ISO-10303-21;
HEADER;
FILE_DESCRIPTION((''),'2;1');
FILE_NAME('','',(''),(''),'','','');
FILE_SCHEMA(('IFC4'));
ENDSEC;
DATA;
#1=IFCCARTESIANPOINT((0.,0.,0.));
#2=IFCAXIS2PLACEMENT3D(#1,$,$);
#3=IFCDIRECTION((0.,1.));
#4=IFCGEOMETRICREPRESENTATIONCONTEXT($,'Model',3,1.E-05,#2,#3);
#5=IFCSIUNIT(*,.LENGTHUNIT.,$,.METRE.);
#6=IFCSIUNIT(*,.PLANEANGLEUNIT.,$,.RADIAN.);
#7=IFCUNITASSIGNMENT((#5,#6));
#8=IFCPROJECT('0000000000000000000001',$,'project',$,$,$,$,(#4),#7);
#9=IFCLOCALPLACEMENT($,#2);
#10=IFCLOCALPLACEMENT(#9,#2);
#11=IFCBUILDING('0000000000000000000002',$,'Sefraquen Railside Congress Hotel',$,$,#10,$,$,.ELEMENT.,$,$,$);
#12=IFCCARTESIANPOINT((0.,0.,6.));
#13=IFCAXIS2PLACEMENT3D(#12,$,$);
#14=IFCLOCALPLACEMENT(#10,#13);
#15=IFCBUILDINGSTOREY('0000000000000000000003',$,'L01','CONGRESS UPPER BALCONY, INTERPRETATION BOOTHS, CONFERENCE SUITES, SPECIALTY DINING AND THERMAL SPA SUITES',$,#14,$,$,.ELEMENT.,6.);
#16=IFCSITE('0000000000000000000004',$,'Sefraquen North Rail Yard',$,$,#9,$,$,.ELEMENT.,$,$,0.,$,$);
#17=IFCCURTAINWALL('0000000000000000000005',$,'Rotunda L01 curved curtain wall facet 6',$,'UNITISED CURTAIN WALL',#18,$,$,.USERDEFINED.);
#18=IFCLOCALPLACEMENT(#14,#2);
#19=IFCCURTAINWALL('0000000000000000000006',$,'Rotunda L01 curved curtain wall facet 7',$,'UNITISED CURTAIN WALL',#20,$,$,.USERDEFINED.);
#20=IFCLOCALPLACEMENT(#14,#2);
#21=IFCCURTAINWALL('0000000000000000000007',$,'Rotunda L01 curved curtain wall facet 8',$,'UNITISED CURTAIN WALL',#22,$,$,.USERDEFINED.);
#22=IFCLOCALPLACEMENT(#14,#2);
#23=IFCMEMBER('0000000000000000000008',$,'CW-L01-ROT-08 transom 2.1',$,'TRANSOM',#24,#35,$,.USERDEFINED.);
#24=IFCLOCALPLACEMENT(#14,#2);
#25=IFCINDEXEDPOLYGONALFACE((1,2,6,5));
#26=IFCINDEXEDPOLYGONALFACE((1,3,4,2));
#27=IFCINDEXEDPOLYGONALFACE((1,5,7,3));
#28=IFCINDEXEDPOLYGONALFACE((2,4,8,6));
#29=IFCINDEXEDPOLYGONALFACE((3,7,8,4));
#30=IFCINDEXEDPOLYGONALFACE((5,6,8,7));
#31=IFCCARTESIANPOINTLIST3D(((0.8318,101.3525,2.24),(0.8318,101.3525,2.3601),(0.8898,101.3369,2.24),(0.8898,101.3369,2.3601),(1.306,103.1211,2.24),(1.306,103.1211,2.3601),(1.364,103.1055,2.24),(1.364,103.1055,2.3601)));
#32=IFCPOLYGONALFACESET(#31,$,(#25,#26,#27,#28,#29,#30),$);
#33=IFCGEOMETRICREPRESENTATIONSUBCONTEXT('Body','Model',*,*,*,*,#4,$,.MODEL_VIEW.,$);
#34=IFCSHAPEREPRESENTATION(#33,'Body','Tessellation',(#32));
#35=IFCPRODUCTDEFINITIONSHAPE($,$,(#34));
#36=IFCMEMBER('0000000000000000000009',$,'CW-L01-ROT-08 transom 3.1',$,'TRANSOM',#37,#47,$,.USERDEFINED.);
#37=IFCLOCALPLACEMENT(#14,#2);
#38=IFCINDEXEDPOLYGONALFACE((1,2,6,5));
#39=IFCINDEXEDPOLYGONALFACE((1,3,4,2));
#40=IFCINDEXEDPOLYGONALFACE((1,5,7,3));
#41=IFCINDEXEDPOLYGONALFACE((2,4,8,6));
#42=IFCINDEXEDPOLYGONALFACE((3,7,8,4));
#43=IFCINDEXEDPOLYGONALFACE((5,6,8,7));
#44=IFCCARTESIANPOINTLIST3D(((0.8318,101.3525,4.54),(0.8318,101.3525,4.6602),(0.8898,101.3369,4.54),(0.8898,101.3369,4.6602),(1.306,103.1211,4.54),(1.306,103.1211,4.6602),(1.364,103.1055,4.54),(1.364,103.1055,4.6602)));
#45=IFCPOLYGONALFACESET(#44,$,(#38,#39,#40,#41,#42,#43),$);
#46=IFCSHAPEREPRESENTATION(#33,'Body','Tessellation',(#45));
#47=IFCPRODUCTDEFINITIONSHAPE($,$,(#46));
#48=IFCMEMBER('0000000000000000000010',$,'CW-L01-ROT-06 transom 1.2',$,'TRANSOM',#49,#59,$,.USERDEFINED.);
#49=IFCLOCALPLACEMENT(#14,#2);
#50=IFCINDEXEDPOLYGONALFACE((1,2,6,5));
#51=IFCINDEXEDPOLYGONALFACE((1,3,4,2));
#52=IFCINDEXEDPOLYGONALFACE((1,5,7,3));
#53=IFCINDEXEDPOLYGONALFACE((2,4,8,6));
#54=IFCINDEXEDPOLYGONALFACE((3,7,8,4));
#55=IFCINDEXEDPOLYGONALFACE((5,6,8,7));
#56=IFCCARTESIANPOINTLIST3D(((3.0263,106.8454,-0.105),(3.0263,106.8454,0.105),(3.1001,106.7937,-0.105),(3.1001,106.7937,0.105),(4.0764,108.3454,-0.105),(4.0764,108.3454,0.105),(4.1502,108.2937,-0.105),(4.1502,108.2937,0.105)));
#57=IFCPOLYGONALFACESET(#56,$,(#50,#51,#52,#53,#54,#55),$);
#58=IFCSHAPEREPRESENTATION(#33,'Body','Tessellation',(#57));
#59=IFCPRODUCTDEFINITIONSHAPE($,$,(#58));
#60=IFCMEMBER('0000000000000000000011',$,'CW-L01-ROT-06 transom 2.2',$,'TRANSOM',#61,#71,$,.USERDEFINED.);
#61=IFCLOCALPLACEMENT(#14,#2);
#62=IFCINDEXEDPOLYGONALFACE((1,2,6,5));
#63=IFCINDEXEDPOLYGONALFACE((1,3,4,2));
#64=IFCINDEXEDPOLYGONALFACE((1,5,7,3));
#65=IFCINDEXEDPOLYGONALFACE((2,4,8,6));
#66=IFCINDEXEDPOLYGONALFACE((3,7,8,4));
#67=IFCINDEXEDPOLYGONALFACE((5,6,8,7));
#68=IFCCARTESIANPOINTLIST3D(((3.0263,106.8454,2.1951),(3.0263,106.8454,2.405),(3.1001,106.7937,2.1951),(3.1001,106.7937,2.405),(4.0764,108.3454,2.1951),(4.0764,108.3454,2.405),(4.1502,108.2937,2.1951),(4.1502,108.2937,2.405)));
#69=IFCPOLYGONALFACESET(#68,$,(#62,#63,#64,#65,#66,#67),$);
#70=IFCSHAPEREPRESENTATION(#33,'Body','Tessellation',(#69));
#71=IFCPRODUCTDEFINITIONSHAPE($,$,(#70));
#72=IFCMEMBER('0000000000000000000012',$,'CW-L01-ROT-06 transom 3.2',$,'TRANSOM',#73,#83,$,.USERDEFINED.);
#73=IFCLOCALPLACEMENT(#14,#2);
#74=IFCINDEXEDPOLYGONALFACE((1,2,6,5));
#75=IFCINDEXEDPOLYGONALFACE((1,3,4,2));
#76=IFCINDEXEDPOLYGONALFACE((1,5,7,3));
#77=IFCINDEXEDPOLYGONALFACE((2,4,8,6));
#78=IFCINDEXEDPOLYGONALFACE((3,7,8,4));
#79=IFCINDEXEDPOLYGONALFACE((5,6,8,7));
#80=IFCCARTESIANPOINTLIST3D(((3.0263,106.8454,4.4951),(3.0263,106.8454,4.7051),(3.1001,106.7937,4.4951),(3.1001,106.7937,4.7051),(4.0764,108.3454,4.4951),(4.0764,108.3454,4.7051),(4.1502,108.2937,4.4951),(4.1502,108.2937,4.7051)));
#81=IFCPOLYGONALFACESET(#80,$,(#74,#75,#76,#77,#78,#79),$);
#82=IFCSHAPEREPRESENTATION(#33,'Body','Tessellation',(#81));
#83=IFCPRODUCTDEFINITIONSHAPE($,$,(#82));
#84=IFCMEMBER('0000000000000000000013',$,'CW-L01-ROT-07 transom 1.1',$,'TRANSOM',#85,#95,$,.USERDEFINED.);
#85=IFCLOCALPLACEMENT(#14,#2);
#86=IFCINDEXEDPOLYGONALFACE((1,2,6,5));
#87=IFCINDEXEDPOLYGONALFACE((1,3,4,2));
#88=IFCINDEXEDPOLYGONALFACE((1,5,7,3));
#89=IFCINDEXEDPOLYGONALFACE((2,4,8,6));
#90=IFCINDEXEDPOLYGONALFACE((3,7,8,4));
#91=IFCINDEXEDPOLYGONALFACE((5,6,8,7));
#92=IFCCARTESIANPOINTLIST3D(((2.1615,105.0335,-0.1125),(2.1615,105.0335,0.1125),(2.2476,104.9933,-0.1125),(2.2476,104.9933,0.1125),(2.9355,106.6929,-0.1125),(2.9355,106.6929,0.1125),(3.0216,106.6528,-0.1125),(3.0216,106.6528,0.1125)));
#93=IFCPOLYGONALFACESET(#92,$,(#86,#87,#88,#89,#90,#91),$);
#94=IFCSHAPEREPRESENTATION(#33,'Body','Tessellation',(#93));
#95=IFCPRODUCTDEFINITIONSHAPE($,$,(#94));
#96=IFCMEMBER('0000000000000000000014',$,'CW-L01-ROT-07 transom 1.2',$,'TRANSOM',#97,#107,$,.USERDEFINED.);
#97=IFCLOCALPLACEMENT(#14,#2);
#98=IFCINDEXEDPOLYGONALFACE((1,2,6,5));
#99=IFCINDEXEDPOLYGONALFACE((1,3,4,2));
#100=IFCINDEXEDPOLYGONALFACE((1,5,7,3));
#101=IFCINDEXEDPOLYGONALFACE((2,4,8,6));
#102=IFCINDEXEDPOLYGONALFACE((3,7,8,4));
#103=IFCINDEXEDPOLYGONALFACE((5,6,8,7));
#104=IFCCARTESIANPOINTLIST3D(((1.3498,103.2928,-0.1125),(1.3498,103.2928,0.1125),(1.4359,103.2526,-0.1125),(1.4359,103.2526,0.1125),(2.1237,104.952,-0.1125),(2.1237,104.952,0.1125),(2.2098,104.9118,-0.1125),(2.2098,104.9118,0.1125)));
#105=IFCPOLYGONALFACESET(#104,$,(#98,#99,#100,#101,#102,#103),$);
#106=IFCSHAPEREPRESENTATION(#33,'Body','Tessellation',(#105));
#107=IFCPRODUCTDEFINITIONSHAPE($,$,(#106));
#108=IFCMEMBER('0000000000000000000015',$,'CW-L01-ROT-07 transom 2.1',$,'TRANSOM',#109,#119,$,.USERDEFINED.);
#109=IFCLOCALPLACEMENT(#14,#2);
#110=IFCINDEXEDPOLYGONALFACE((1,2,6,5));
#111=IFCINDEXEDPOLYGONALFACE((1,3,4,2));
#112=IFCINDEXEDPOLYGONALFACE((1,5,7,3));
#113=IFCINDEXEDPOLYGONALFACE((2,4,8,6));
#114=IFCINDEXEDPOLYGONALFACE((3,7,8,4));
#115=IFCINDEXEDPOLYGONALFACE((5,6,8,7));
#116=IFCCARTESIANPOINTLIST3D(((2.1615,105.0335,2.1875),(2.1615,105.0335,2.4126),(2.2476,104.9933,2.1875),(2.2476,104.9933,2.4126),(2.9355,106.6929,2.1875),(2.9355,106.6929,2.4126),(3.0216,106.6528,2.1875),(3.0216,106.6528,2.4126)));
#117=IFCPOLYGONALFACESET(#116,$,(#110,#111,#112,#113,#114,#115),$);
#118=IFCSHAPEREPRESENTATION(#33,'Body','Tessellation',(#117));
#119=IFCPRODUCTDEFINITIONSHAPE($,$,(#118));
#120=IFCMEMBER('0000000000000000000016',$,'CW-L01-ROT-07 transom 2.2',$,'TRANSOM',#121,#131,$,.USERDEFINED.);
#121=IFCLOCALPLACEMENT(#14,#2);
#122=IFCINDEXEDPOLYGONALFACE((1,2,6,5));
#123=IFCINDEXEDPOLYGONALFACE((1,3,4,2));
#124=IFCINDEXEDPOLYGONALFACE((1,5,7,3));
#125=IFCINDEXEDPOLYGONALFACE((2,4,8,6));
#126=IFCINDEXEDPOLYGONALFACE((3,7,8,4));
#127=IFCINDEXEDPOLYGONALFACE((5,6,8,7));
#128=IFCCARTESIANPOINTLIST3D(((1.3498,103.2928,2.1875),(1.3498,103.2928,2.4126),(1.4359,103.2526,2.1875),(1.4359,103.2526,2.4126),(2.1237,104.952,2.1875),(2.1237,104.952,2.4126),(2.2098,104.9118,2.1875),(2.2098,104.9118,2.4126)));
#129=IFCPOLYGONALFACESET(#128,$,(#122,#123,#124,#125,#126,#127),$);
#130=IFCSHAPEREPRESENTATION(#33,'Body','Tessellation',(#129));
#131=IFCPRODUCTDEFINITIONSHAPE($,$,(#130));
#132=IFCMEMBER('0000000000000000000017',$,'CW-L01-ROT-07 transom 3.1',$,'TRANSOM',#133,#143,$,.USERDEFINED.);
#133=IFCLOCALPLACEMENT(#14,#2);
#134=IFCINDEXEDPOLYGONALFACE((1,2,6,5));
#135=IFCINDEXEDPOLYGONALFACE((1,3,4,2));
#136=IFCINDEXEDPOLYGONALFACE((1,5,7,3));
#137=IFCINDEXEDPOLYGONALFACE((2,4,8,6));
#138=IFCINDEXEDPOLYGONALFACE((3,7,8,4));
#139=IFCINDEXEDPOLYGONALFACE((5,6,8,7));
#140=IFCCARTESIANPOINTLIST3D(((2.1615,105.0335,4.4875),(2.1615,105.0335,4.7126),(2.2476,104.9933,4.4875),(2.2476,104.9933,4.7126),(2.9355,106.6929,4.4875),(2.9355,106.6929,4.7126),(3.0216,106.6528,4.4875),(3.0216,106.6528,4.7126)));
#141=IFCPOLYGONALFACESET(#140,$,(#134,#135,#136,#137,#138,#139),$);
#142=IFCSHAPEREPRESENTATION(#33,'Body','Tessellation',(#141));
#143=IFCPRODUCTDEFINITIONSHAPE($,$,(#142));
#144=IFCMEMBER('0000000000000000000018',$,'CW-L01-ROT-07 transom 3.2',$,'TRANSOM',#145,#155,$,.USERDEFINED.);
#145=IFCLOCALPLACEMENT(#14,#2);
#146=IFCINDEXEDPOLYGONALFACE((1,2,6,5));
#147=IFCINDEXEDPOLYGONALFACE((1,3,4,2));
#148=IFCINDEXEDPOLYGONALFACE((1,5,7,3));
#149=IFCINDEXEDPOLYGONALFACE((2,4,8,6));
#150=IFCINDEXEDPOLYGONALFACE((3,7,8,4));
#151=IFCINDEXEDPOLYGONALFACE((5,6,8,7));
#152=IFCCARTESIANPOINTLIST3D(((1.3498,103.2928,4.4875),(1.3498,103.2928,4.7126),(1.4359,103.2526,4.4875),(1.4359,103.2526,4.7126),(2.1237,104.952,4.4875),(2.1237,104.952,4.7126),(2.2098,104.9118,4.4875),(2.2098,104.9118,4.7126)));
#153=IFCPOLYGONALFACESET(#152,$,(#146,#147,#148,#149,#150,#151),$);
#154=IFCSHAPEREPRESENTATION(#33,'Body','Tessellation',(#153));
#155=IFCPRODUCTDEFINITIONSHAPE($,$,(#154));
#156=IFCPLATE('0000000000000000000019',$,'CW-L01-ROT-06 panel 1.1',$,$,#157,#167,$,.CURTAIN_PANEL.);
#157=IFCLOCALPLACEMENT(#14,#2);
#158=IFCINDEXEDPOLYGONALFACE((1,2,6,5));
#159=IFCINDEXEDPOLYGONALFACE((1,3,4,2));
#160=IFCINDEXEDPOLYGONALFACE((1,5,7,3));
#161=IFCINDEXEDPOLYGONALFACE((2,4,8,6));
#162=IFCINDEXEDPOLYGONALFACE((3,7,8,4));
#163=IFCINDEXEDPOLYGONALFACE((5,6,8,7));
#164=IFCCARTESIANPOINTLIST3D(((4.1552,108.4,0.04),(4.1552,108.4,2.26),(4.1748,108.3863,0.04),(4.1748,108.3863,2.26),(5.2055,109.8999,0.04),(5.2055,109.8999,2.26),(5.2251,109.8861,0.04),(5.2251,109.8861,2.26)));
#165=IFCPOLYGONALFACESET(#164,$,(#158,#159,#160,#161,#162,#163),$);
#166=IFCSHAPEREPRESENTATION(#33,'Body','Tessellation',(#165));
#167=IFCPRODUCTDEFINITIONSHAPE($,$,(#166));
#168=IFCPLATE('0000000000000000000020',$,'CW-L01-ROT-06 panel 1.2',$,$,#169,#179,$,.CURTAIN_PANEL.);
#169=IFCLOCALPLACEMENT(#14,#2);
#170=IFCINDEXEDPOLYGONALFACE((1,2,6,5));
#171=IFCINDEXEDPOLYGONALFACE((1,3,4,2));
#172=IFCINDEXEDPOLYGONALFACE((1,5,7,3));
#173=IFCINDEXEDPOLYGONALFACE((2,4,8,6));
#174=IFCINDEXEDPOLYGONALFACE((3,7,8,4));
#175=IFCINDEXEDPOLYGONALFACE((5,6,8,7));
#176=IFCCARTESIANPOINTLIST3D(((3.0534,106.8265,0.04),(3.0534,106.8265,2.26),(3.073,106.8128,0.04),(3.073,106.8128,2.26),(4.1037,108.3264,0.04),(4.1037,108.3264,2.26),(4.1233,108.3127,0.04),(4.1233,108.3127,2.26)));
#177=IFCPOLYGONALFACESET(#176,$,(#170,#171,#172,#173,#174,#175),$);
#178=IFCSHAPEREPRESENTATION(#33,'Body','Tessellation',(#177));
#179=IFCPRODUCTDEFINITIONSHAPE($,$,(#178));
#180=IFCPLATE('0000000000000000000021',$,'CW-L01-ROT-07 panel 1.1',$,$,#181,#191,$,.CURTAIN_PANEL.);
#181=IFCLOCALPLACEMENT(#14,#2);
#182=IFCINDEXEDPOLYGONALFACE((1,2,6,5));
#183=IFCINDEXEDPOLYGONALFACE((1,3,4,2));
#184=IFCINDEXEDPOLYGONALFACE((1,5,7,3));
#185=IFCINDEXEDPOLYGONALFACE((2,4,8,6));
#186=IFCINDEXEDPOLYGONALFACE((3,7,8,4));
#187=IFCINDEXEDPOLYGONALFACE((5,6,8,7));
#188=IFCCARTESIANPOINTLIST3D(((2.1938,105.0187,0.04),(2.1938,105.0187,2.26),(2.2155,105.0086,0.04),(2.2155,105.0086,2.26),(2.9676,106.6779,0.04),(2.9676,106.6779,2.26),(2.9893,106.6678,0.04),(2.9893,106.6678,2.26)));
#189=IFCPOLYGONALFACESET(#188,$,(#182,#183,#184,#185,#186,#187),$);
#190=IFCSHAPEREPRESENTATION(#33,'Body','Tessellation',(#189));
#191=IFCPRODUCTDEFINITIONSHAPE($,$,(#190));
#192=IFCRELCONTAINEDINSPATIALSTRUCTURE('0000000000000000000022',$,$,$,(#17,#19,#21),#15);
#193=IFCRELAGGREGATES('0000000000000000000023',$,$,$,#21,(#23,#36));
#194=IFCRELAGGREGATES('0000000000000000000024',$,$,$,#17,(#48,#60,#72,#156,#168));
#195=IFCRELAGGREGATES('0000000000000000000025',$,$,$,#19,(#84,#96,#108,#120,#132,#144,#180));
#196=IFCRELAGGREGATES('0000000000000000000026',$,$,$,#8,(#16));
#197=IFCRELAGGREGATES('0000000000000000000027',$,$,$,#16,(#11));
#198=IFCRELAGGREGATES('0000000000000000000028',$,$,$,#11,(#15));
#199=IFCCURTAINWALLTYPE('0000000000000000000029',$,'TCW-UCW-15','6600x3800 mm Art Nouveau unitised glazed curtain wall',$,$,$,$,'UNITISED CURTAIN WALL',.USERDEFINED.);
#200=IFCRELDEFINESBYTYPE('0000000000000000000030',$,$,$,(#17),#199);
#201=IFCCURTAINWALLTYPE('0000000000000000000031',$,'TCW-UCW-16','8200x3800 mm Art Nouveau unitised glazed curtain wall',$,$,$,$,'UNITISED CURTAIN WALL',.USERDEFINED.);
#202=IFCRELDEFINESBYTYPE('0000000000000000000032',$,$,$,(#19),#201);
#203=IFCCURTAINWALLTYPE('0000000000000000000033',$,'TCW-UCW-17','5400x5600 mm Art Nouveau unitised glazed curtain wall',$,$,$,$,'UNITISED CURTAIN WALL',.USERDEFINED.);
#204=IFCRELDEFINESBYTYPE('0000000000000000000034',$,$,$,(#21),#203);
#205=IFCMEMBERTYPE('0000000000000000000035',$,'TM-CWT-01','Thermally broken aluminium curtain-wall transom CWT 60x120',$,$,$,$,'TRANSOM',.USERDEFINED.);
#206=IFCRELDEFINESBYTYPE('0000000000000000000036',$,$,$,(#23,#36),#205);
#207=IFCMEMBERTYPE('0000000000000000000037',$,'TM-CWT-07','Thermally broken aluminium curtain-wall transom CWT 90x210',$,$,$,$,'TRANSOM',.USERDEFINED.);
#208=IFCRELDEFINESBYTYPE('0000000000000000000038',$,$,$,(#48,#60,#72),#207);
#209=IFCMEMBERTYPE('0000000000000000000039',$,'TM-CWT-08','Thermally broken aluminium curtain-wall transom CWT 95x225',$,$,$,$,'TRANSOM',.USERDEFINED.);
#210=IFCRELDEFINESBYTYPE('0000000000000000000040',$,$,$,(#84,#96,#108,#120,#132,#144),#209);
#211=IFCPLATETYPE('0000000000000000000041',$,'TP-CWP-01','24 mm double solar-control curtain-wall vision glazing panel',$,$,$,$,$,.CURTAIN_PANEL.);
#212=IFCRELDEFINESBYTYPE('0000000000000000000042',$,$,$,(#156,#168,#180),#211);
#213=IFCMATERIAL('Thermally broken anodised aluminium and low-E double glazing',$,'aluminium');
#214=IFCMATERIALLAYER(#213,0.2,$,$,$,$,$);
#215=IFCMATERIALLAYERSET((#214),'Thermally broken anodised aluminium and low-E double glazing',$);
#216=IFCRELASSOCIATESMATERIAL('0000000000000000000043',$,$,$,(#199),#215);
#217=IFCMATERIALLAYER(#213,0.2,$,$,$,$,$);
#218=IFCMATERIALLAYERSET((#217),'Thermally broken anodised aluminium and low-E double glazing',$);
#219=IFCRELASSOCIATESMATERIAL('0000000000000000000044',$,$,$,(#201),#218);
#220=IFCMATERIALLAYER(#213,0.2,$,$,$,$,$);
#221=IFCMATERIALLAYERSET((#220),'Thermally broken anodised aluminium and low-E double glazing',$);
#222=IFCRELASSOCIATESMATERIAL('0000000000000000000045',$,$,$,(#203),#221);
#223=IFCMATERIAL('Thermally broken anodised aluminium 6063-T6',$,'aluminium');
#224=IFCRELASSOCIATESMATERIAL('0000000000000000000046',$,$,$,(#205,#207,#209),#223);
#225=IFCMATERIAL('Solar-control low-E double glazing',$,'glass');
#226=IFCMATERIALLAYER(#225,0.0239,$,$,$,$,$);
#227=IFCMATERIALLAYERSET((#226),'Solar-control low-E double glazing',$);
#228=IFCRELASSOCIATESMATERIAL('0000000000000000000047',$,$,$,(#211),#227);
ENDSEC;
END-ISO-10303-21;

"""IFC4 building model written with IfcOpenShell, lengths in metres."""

from ifc_helpers import new_model, si_unit, direction, frame, origin, origin_2d, place, context, subcontext, project, spatial, rectangle, extrude, material, layer, layer_set, material_profile, profile_set, type_object, element, aggregate, save


model = new_model("IFC4")

# Units and contexts
model_context = context("Model", 3, precision=1e-05, world=origin(), true_north=direction((0.0, 1.0)))
body_context = subcontext(model_context, "Body", "Model", "MODEL_VIEW")
ifc_project = project(units=[si_unit("LENGTHUNIT", "METRE"), si_unit("PLANEANGLEUNIT", "RADIAN")], contexts=[model_context])

# Site, building, storey
site_placement = place(None, origin())
site = spatial("IfcSite", under=ifc_project, at=site_placement, Name="Sefraquen North Rail Yard", CompositionType="ELEMENT", RefElevation=0.0)
building_placement = place(site_placement, origin())
building = spatial("IfcBuilding", under=site, at=building_placement, Name="Sefraquen Railside Congress Hotel", CompositionType="ELEMENT")
storey_placement = place(building_placement, frame((0.0, 0.0, 6.0)))
storey = spatial("IfcBuildingStorey", under=building, at=storey_placement, Name="L01", Description="CONGRESS UPPER BALCONY, INTERPRETATION BOOTHS, CONFERENCE SUITES, SPECIALTY DINING AND THERMAL SPA SUITES", CompositionType="ELEMENT", Elevation=6.0)

# Curtain walls
ifc_material_1 = material(Name="Thermally broken anodised aluminium and low-E double glazing", Category="aluminium")
ifc_layer_1 = layer(ifc_material_1, 0.2)
ifc_layer_set_1 = layer_set([ifc_layer_1], Name="Thermally broken anodised aluminium and low-E double glazing")
curtain_wall_type_1 = type_object("IfcCurtainWallType", Name="TCW-UCW-15", Description="6600x3800 mm Art Nouveau unitised glazed curtain wall", ElementType="UNITISED CURTAIN WALL", PredefinedType="USERDEFINED", material=ifc_layer_set_1)
curtain_wall_1_placement = place(storey_placement, origin())
curtain_wall_1 = element("IfcCurtainWall", 1, at=curtain_wall_1_placement, inside=storey, type_object=curtain_wall_type_1, Name="Rotunda L01 curved curtain wall facet 6", ObjectType="UNITISED CURTAIN WALL", PredefinedType="USERDEFINED")
ifc_material_2 = material(Name="Thermally broken anodised aluminium 6063-T6", Category="aluminium")
ifc_layer_2 = layer(ifc_material_1, 0.2)
ifc_layer_set_2 = layer_set([ifc_layer_2], Name="Thermally broken anodised aluminium and low-E double glazing")
curtain_wall_type_2 = type_object("IfcCurtainWallType", Name="TCW-UCW-16", Description="8200x3800 mm Art Nouveau unitised glazed curtain wall", ElementType="UNITISED CURTAIN WALL", PredefinedType="USERDEFINED", material=ifc_layer_set_2)
curtain_wall_2_placement = place(storey_placement, origin())
curtain_wall_2 = element("IfcCurtainWall", 2, at=curtain_wall_2_placement, inside=storey, type_object=curtain_wall_type_2, Name="Rotunda L01 curved curtain wall facet 7", ObjectType="UNITISED CURTAIN WALL", PredefinedType="USERDEFINED")

# Curtain wall, members
ifc_layer_3 = layer(ifc_material_1, 0.2)
ifc_layer_set_3 = layer_set([ifc_layer_3], Name="Thermally broken anodised aluminium and low-E double glazing")
curtain_wall_type_3 = type_object("IfcCurtainWallType", Name="TCW-UCW-17", Description="5400x5600 mm Art Nouveau unitised glazed curtain wall", ElementType="UNITISED CURTAIN WALL", PredefinedType="USERDEFINED", material=ifc_layer_set_3)
curtain_wall_3_placement = place(storey_placement, origin())
curtain_wall_3 = element("IfcCurtainWall", 3, at=curtain_wall_3_placement, inside=storey, type_object=curtain_wall_type_3, Name="Rotunda L01 curved curtain wall facet 8", ObjectType="UNITISED CURTAIN WALL", PredefinedType="USERDEFINED")
ifc_material_profile_1 = material_profile(ifc_material_2, rectangle(XDim=0.0601, YDim=0.1201, at=origin_2d()), Name="CWT 60x120")
ifc_profile_set_1 = profile_set([ifc_material_profile_1], Name="Thermally broken anodised aluminium 6063-T6")
member_type_1 = type_object("IfcMemberType", Name="TM-CWT-01", Description="Thermally broken aluminium curtain-wall transom CWT 60x120", ElementType="TRANSOM", PredefinedType="USERDEFINED", material=ifc_profile_set_1)
member_1_placement = place(storey_placement, frame((1.335, 103.1133, 2.3), z_axis=(-0.25894, -0.965893, 0.0), x_axis=(0.965893, -0.25894, 0.0)))
member_1 = element("IfcMember", 4, at=member_1_placement, type_object=member_type_1, Name="CW-L01-ROT-08 transom 2.1", ObjectType="TRANSOM", PredefinedType="USERDEFINED", context=body_context, shape_type="SweptSolid", body=[
    extrude(rectangle(XDim=0.0601, YDim=0.1201, at=origin_2d()), origin(), (0.0, 0.0, 1.0), 1.8311),
])
member_2_placement = place(storey_placement, frame((1.335, 103.1133, 4.6001), z_axis=(-0.25894, -0.965893, 0.0), x_axis=(0.965893, -0.25894, 0.0)))
member_2 = element("IfcMember", 5, at=member_2_placement, type_object=member_type_1, Name="CW-L01-ROT-08 transom 3.1", ObjectType="TRANSOM", PredefinedType="USERDEFINED", context=body_context, shape_type="SweptSolid", body=[
    extrude(rectangle(XDim=0.0601, YDim=0.1201, at=origin_2d()), origin(), (0.0, 0.0, 1.0), 1.8311),
])
aggregate(curtain_wall_3, [member_1, member_2])

# Members
ifc_material_profile_2 = material_profile(ifc_material_2, rectangle(XDim=0.0901, YDim=0.21, at=origin_2d()), Name="CWT 90x210")
ifc_profile_set_2 = profile_set([ifc_material_profile_2], Name="Thermally broken anodised aluminium 6063-T6")
member_type_2 = type_object("IfcMemberType", Name="TM-CWT-07", Description="Thermally broken aluminium curtain-wall transom CWT 90x210", ElementType="TRANSOM", PredefinedType="USERDEFINED", material=ifc_profile_set_2)
member_3_placement = place(storey_placement, frame((4.1133, 108.3196, 0.0), z_axis=(-0.57348, -0.819219, 0.0), x_axis=(0.819219, -0.57348, 0.0)))
member_3 = element("IfcMember", 6, at=member_3_placement, type_object=member_type_2, Name="CW-L01-ROT-06 transom 1.2", ObjectType="TRANSOM", PredefinedType="USERDEFINED", context=body_context, shape_type="SweptSolid", body=[
    extrude(rectangle(XDim=0.0901, YDim=0.21, at=origin_2d()), origin(), (0.0, 0.0, 1.0), 1.8311),
])
member_4_placement = place(storey_placement, frame((4.1133, 108.3196, 2.3), z_axis=(-0.57348, -0.819219, 0.0), x_axis=(0.819219, -0.57348, 0.0)))
member_4 = element("IfcMember", 7, at=member_4_placement, type_object=member_type_2, Name="CW-L01-ROT-06 transom 2.2", ObjectType="TRANSOM", PredefinedType="USERDEFINED", context=body_context, shape_type="SweptSolid", body=[
    extrude(rectangle(XDim=0.0901, YDim=0.21, at=origin_2d()), origin(), (0.0, 0.0, 1.0), 1.8311),
])
member_5_placement = place(storey_placement, frame((4.1133, 108.3196, 4.6001), z_axis=(-0.57348, -0.819219, 0.0), x_axis=(0.819219, -0.57348, 0.0)))
member_5 = element("IfcMember", 8, at=member_5_placement, type_object=member_type_2, Name="CW-L01-ROT-06 transom 3.2", ObjectType="TRANSOM", PredefinedType="USERDEFINED", context=body_context, shape_type="SweptSolid", body=[
    extrude(rectangle(XDim=0.0901, YDim=0.21, at=origin_2d()), origin(), (0.0, 0.0, 1.0), 1.8311),
])
ifc_material_profile_3 = material_profile(ifc_material_2, rectangle(XDim=0.095, YDim=0.2251, at=origin_2d()), Name="CWT 95x225")
ifc_profile_set_3 = profile_set([ifc_material_profile_3], Name="Thermally broken anodised aluminium 6063-T6")
member_type_3 = type_object("IfcMemberType", Name="TM-CWT-08", Description="Thermally broken aluminium curtain-wall transom CWT 95x225", ElementType="TRANSOM", PredefinedType="USERDEFINED", material=ifc_profile_set_3)
member_6_placement = place(storey_placement, frame((2.9785, 106.6729, 0.0), z_axis=(-0.422674, -0.906282, 0.0), x_axis=(0.906282, -0.422674, 0.0)))
member_6 = element("IfcMember", 9, at=member_6_placement, type_object=member_type_3, Name="CW-L01-ROT-07 transom 1.1", ObjectType="TRANSOM", PredefinedType="USERDEFINED", context=body_context, shape_type="SweptSolid", body=[
    extrude(rectangle(XDim=0.095, YDim=0.2251, at=origin_2d()), origin(), (0.0, 0.0, 1.0), 1.8311),
])
member_7_placement = place(storey_placement, frame((2.1667, 104.9319, 0.0), z_axis=(-0.422725, -0.906258, 0.0), x_axis=(0.906258, -0.422725, 0.0)))
member_7 = element("IfcMember", 10, at=member_7_placement, type_object=member_type_3, Name="CW-L01-ROT-07 transom 1.2", ObjectType="TRANSOM", PredefinedType="USERDEFINED", context=body_context, shape_type="SweptSolid", body=[
    extrude(rectangle(XDim=0.095, YDim=0.2251, at=origin_2d()), origin(), (0.0, 0.0, 1.0), 1.8308),
])
member_8_placement = place(storey_placement, frame((2.9785, 106.6729, 2.3), z_axis=(-0.422674, -0.906282, 0.0), x_axis=(0.906282, -0.422674, 0.0)))
member_8 = element("IfcMember", 11, at=member_8_placement, type_object=member_type_3, Name="CW-L01-ROT-07 transom 2.1", ObjectType="TRANSOM", PredefinedType="USERDEFINED", context=body_context, shape_type="SweptSolid", body=[
    extrude(rectangle(XDim=0.095, YDim=0.2251, at=origin_2d()), origin(), (0.0, 0.0, 1.0), 1.8311),
])
member_9_placement = place(storey_placement, frame((2.1667, 104.9319, 2.3), z_axis=(-0.422725, -0.906258, 0.0), x_axis=(0.906258, -0.422725, 0.0)))
member_9 = element("IfcMember", 12, at=member_9_placement, type_object=member_type_3, Name="CW-L01-ROT-07 transom 2.2", ObjectType="TRANSOM", PredefinedType="USERDEFINED", context=body_context, shape_type="SweptSolid", body=[
    extrude(rectangle(XDim=0.095, YDim=0.2251, at=origin_2d()), origin(), (0.0, 0.0, 1.0), 1.8308),
])
member_10_placement = place(storey_placement, frame((2.9785, 106.6729, 4.6001), z_axis=(-0.422674, -0.906282, 0.0), x_axis=(0.906282, -0.422674, 0.0)))
member_10 = element("IfcMember", 13, at=member_10_placement, type_object=member_type_3, Name="CW-L01-ROT-07 transom 3.1", ObjectType="TRANSOM", PredefinedType="USERDEFINED", context=body_context, shape_type="SweptSolid", body=[
    extrude(rectangle(XDim=0.095, YDim=0.2251, at=origin_2d()), origin(), (0.0, 0.0, 1.0), 1.8311),
])
member_11_placement = place(storey_placement, frame((2.1667, 104.9319, 4.6001), z_axis=(-0.422725, -0.906258, 0.0), x_axis=(0.906258, -0.422725, 0.0)))
member_11 = element("IfcMember", 14, at=member_11_placement, type_object=member_type_3, Name="CW-L01-ROT-07 transom 3.2", ObjectType="TRANSOM", PredefinedType="USERDEFINED", context=body_context, shape_type="SweptSolid", body=[
    extrude(rectangle(XDim=0.095, YDim=0.2251, at=origin_2d()), origin(), (0.0, 0.0, 1.0), 1.8308),
])

# Plates
ifc_material_3 = material(Name="Solar-control low-E double glazing", Category="glass")
ifc_layer_4 = layer(ifc_material_3, 0.0239)
ifc_layer_set_4 = layer_set([ifc_layer_4], Name="Solar-control low-E double glazing")
plate_type_1 = type_object("IfcPlateType", Name="TP-CWP-01", Description="24 mm double solar-control curtain-wall vision glazing panel", PredefinedType="CURTAIN_PANEL", material=ifc_layer_set_4)
plate_1_placement = place(storey_placement, frame((4.6902, 109.1431, 0.04), z_axis=(0.0, 0.0, 1.0), x_axis=(-0.573605, -0.819132, 0.0)))
plate_1 = element("IfcPlate", 15, at=plate_1_placement, type_object=plate_type_1, Name="CW-L01-ROT-06 panel 1.1", PredefinedType="CURTAIN_PANEL", context=body_context, shape_type="SweptSolid", body=[
    extrude(rectangle(XDim=1.8311, YDim=0.0239, at=origin_2d()), origin(), (0.0, 0.0, 1.0), 2.22),
])
plate_2_placement = place(storey_placement, frame((3.5884, 107.5696, 0.04), z_axis=(0.0, 0.0, 1.0), x_axis=(-0.573605, -0.819132, 0.0)))
plate_2 = element("IfcPlate", 16, at=plate_2_placement, type_object=plate_type_1, Name="CW-L01-ROT-06 panel 1.2", PredefinedType="CURTAIN_PANEL", context=body_context, shape_type="SweptSolid", body=[
    extrude(rectangle(XDim=1.8311, YDim=0.0239, at=origin_2d()), origin(), (0.0, 0.0, 1.0), 2.22),
])
plate_3_placement = place(storey_placement, frame((2.5916, 105.8433, 0.04), z_axis=(0.0, 0.0, 1.0), x_axis=(-0.422634, -0.9063, 0.0)))
plate_3 = element("IfcPlate", 17, at=plate_3_placement, type_object=plate_type_1, Name="CW-L01-ROT-07 panel 1.1", PredefinedType="CURTAIN_PANEL", context=body_context, shape_type="SweptSolid", body=[
    extrude(rectangle(XDim=1.8308, YDim=0.0239, at=origin_2d()), origin(), (0.0, 0.0, 1.0), 2.22),
])
aggregate(curtain_wall_1, [member_3, member_4, member_5, plate_1, plate_2])
aggregate(curtain_wall_2, [member_6, member_7, member_8, member_9, member_10, member_11, plate_3])

save(model, "model.ifc")
